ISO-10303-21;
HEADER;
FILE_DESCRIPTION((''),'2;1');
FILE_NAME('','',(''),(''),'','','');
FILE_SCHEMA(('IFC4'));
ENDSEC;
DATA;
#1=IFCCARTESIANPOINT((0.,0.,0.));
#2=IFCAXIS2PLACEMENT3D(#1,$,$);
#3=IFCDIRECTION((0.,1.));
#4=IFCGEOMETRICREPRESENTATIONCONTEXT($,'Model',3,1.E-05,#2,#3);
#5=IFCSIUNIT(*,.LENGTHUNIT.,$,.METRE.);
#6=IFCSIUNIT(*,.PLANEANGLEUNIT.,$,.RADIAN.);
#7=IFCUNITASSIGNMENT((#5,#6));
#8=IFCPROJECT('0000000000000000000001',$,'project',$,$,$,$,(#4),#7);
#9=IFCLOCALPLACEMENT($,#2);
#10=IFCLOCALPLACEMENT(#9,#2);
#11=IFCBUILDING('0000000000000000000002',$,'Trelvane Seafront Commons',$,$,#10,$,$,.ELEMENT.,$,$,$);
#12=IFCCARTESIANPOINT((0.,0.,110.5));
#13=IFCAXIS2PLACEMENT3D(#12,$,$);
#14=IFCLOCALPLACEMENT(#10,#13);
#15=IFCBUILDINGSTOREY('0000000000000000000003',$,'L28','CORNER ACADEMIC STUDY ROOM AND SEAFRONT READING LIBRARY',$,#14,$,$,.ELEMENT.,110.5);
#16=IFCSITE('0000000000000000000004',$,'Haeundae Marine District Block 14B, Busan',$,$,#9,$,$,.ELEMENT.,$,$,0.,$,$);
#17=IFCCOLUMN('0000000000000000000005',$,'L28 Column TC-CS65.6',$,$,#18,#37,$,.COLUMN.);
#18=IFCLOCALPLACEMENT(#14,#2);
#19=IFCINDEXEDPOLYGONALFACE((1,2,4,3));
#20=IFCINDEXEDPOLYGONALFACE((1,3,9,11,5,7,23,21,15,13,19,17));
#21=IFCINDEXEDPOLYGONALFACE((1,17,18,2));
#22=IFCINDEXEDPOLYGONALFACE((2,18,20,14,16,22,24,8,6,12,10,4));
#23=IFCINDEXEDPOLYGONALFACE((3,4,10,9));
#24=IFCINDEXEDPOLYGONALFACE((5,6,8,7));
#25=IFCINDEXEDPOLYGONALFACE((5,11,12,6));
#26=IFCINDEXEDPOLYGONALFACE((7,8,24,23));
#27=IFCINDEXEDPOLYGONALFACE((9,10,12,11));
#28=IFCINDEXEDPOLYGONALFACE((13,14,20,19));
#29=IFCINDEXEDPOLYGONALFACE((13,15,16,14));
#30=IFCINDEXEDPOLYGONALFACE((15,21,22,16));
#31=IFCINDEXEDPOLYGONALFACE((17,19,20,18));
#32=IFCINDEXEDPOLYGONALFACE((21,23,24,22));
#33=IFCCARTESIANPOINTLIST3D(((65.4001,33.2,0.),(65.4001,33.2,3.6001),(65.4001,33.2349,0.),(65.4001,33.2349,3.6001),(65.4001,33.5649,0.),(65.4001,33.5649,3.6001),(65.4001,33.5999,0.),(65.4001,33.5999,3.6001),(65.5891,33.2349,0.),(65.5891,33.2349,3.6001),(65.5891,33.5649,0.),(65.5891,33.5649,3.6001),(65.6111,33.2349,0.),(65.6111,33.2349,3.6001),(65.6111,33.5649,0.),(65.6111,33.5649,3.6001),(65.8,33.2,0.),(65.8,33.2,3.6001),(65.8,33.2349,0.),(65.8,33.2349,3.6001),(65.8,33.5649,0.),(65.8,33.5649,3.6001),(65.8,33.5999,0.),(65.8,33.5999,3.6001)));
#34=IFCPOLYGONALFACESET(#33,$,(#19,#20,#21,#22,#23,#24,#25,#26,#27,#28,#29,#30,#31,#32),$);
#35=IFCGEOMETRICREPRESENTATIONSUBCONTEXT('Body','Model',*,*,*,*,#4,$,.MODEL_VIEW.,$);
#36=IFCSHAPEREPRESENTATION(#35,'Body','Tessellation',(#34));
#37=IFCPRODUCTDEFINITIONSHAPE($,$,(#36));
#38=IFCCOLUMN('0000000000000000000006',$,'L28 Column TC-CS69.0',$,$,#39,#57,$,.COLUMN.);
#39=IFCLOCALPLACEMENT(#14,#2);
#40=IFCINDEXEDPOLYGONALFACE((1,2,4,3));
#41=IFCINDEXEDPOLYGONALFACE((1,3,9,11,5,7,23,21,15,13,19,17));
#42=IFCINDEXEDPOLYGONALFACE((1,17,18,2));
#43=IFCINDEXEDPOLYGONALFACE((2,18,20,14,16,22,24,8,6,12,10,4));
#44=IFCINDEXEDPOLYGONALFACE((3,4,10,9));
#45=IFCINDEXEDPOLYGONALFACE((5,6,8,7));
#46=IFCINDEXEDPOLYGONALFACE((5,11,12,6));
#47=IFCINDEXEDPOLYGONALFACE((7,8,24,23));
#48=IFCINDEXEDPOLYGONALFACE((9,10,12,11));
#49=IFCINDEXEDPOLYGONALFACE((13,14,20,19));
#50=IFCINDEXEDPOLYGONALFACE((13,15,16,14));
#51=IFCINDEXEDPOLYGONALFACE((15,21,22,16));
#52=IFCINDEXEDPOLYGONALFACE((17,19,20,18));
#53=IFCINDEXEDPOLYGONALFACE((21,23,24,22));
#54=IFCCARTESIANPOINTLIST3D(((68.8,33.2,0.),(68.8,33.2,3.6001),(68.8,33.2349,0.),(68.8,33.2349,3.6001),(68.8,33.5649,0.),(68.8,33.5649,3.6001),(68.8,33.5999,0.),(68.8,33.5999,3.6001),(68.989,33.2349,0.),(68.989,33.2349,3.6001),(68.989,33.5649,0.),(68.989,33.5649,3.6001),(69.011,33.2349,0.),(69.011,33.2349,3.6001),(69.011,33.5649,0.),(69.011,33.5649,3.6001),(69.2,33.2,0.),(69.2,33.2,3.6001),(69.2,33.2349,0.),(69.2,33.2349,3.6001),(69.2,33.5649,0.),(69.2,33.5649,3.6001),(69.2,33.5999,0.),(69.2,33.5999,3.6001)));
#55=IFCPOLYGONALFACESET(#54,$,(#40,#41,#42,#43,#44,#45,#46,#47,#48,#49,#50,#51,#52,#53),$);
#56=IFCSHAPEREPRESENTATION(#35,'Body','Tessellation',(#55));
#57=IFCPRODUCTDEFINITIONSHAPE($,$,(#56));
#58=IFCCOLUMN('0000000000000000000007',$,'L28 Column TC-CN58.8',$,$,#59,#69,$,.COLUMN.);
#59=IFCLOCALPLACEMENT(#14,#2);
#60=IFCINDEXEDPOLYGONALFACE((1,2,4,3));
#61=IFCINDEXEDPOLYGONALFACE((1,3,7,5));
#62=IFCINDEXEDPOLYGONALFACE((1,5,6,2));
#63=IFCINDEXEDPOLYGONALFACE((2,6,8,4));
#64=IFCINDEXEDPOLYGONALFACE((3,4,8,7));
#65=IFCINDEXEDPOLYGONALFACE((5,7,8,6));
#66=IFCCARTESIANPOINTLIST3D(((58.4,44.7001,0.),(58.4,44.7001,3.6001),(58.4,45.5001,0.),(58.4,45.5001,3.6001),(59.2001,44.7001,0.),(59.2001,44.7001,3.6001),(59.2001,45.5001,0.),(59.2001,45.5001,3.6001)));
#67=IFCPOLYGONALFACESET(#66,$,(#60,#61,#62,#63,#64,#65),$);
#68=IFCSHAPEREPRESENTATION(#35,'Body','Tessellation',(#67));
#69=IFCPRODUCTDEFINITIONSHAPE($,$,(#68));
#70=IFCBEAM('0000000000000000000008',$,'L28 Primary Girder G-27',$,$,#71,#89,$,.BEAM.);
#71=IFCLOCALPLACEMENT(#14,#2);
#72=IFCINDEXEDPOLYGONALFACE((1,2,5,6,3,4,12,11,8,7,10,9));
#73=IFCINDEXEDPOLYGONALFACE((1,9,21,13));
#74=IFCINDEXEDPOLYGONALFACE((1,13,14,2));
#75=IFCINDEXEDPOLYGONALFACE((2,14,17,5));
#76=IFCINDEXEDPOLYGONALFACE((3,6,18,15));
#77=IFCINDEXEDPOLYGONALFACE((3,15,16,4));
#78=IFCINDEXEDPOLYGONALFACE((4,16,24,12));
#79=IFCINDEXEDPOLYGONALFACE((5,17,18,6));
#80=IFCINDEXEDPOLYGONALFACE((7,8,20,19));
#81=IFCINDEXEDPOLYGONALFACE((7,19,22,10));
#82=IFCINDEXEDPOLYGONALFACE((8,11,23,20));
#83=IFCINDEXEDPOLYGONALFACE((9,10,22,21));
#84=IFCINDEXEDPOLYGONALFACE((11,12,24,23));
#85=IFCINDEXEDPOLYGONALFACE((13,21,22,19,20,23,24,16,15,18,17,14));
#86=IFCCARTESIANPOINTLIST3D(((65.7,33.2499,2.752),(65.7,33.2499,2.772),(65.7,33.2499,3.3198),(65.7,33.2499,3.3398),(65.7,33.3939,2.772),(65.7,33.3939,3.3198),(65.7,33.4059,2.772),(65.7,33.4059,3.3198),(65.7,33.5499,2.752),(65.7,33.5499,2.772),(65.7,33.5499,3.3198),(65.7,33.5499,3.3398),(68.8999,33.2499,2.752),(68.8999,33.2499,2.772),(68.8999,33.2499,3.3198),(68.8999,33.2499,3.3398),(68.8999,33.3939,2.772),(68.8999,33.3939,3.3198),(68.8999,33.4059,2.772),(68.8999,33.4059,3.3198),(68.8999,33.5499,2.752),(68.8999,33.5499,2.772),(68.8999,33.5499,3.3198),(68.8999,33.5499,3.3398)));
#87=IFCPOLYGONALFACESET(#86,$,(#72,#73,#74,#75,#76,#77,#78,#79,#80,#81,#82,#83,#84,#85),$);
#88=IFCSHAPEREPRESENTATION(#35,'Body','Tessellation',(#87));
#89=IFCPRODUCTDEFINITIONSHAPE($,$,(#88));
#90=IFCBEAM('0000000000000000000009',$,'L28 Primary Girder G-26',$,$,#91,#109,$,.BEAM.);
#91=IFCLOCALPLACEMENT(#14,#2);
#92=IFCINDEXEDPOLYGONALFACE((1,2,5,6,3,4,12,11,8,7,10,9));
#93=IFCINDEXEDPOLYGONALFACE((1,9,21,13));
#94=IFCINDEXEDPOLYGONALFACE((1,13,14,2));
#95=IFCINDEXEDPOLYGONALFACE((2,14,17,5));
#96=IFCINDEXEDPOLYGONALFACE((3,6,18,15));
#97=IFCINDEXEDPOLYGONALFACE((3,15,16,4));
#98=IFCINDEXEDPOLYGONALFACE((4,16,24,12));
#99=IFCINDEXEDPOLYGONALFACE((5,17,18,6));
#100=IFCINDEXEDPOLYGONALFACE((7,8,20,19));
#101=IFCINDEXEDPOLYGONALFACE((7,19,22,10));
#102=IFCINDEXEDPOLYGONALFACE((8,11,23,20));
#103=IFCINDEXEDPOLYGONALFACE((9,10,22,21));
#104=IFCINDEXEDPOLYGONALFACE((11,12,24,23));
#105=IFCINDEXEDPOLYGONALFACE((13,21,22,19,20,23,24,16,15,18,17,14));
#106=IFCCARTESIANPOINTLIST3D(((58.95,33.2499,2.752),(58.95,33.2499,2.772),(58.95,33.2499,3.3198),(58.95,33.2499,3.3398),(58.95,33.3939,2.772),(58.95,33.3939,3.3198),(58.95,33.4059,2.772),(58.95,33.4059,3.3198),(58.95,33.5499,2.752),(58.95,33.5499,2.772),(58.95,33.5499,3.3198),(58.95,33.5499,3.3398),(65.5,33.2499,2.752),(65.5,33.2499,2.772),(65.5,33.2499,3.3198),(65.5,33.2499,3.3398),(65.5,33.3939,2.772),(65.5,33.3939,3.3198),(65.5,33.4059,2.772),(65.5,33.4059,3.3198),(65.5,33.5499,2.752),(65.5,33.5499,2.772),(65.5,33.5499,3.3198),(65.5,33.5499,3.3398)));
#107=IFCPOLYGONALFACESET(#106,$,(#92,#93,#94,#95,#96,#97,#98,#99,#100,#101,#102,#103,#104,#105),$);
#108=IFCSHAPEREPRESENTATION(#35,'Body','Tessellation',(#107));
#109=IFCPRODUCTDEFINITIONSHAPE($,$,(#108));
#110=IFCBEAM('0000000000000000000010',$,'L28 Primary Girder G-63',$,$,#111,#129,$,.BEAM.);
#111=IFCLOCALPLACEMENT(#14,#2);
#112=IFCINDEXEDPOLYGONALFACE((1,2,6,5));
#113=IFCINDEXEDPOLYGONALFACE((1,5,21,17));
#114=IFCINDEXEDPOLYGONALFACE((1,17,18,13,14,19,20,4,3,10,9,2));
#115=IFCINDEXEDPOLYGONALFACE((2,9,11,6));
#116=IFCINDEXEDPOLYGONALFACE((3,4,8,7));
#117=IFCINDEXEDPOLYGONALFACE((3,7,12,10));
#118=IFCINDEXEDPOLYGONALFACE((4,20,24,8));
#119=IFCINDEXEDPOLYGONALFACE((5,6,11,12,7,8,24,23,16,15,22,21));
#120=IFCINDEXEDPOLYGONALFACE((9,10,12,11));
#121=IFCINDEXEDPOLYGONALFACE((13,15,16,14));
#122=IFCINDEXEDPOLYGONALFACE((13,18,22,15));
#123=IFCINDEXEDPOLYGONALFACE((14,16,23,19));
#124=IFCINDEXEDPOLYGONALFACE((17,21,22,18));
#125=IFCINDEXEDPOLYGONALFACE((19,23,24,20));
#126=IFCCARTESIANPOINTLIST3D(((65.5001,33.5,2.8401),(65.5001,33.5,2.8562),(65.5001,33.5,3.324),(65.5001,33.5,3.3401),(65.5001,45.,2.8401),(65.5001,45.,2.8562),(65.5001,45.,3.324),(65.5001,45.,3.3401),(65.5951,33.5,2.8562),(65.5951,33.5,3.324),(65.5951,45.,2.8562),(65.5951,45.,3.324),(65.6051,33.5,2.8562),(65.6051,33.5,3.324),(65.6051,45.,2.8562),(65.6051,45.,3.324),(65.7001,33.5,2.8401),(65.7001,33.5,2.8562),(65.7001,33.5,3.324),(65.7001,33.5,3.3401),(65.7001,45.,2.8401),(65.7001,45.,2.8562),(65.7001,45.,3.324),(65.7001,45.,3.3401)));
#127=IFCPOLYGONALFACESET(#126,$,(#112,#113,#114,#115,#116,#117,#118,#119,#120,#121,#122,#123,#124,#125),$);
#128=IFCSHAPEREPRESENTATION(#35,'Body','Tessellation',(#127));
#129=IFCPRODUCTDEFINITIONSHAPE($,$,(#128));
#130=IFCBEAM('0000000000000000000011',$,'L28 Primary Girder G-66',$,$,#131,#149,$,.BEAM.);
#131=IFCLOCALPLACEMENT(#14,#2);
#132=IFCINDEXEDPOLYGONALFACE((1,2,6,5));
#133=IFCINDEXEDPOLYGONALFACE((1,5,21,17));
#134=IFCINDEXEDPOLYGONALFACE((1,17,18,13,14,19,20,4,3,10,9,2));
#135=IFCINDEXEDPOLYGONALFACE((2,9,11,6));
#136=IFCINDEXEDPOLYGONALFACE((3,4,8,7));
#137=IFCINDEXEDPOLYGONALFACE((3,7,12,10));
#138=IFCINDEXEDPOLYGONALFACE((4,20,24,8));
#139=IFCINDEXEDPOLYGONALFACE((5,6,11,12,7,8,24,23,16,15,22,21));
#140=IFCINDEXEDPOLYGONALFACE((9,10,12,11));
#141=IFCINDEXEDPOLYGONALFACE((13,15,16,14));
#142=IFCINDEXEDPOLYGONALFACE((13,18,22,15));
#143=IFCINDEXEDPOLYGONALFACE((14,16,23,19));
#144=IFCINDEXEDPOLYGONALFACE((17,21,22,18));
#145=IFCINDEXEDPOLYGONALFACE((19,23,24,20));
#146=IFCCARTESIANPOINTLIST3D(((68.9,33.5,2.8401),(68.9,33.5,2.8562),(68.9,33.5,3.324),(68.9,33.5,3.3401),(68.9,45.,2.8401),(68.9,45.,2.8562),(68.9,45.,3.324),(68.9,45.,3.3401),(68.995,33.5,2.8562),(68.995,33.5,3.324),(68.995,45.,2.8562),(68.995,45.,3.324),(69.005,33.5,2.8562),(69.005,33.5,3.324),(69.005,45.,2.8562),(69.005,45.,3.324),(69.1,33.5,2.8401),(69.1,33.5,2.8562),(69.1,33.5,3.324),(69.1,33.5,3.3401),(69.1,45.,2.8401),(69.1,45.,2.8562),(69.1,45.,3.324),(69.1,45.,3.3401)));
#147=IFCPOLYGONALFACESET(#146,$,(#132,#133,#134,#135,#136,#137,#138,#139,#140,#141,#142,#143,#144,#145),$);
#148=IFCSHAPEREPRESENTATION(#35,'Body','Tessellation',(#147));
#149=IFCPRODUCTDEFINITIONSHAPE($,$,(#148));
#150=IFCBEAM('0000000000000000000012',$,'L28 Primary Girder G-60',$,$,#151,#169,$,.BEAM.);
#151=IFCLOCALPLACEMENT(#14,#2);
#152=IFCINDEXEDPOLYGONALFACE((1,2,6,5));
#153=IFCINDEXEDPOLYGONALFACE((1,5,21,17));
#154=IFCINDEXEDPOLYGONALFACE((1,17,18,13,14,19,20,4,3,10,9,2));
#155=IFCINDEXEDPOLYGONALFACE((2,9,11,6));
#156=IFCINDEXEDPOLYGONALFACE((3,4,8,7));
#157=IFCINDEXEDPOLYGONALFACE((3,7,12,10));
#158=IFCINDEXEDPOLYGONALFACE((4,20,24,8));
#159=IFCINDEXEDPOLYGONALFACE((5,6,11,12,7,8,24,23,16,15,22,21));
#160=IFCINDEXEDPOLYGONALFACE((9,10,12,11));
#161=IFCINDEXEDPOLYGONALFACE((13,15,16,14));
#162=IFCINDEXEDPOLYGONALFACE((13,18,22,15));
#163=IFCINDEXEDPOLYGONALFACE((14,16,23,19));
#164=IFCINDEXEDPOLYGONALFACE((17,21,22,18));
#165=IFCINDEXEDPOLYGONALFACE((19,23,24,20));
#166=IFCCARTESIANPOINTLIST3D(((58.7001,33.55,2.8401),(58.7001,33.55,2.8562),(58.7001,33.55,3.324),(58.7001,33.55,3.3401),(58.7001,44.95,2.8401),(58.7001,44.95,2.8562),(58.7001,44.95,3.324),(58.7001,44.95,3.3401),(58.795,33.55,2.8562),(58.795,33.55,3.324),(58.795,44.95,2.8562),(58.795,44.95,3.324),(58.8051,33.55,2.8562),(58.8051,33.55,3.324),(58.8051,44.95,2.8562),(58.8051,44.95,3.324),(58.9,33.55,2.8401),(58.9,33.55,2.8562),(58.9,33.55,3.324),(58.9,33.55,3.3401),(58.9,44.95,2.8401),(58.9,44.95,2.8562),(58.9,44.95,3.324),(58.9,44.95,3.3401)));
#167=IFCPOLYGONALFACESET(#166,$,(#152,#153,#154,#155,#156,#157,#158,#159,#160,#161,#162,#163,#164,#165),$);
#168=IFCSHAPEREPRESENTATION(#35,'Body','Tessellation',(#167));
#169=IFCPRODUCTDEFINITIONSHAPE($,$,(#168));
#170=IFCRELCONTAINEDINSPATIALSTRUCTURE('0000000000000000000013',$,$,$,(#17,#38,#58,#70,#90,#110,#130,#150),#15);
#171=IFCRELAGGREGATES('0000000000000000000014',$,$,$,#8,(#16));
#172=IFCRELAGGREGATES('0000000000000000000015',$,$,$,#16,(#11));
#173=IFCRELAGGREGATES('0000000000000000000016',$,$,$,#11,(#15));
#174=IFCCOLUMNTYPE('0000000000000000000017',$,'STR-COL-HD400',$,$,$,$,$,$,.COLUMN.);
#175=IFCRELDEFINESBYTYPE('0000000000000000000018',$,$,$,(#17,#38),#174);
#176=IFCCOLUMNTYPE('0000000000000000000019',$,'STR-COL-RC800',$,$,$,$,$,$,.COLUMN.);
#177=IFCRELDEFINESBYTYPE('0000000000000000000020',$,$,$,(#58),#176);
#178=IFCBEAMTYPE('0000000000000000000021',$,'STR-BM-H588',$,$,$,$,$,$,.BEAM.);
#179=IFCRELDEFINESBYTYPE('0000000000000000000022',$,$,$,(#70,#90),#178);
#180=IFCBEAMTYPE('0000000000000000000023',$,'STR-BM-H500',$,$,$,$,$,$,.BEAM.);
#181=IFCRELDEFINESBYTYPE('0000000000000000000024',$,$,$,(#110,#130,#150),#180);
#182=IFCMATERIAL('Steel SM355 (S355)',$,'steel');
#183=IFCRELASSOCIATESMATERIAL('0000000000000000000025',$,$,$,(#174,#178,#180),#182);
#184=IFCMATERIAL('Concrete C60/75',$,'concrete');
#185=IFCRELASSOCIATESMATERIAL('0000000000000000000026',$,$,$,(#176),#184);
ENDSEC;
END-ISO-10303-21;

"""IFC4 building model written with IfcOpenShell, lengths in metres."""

from ifc_helpers import new_model, si_unit, direction, frame, origin, origin_2d, place, context, subcontext, project, spatial, rectangle, i_section, extrude, source, transform, mapped, material, material_profile, profile_set, type_object, element, save


model = new_model("IFC4")

# Units and contexts
model_context = context("Model", 3, precision=1e-05, world=origin(), true_north=direction((0.0, 1.0)))
body_context = subcontext(model_context, "Body", "Model", "MODEL_VIEW")
ifc_project = project(units=[si_unit("LENGTHUNIT", "METRE"), si_unit("PLANEANGLEUNIT", "RADIAN")], contexts=[model_context])

# Site, building, storey
site_placement = place(None, origin())
site = spatial("IfcSite", under=ifc_project, at=site_placement, Name="Haeundae Marine District Block 14B, Busan", CompositionType="ELEMENT", RefElevation=0.0)
building_placement = place(site_placement, origin())
building = spatial("IfcBuilding", under=site, at=building_placement, Name="Trelvane Seafront Commons", CompositionType="ELEMENT")
storey_placement = place(building_placement, frame((0.0, 0.0, 110.5)))
storey = spatial("IfcBuildingStorey", under=building, at=storey_placement, Name="L28", Description="CORNER ACADEMIC STUDY ROOM AND SEAFRONT READING LIBRARY", CompositionType="ELEMENT", Elevation=110.5)

# Columns
ifc_material_1 = material(Name="Steel SM355 (S355)", Category="steel")
ifc_material_profile_1 = material_profile(ifc_material_1, i_section(OverallWidth=0.3999, OverallDepth=0.3999, WebThickness=0.022, FlangeThickness=0.0349, at=origin_2d()), Name="HD-400x400x22x35")
ifc_profile_set_1 = profile_set([ifc_material_profile_1], Name="Steel SM355 (S355)")
column_type_1 = type_object("IfcColumnType", Name="STR-COL-HD400", PredefinedType="COLUMN", material=ifc_profile_set_1)
shared_shape_1 = source(origin(), body_context, "Body", "SweptSolid", [
    extrude(i_section(OverallWidth=0.3999, OverallDepth=0.3999, WebThickness=0.022, FlangeThickness=0.0349, at=origin_2d()), origin(), (0.0, 0.0, 1.0), 3.6001),
])
for number, where, z_axis, x_axis, name in (
    (1, (65.6001, 33.3999, 0.0), (0.0, 0.0, 1.0), (1.0, 0.0, 0.0), "L28 Column TC-CS65.6"),
    (2, (69.0, 33.3999, 0.0), (0.0, 0.0, 1.0), (1.0, 0.0, 0.0), "L28 Column TC-CS69.0"),
):
    element("IfcColumn", number, at=place(storey_placement, frame(where, z_axis=z_axis, x_axis=x_axis)), inside=storey, type_object=column_type_1, Name=name, PredefinedType="COLUMN", context=body_context, shape_type="MappedRepresentation", body=[
        mapped(shared_shape_1, transform((0.0, 0.0, 0.0), x_axis=(1.0, 0.0, 0.0), y_axis=(0.0, 1.0, 0.0), z_axis=(0.0, 0.0, 1.0), scale=1.0)),
    ])
ifc_material_2 = material(Name="Concrete C60/75", Category="concrete")
ifc_material_profile_2 = material_profile(ifc_material_2, rectangle(XDim=0.8, YDim=0.8, at=origin_2d()), Name="RC-800x800")
ifc_profile_set_2 = profile_set([ifc_material_profile_2], Name="Concrete C60/75")
column_type_2 = type_object("IfcColumnType", Name="STR-COL-RC800", PredefinedType="COLUMN", material=ifc_profile_set_2)
shared_shape_2 = source(origin(), body_context, "Body", "SweptSolid", [
    extrude(rectangle(XDim=0.8, YDim=0.8, at=origin_2d()), origin(), (0.0, 0.0, 1.0), 3.6001),
])
column_placement = place(storey_placement, frame((58.8, 45.1001, 0.0), z_axis=(0.0, 0.0, 1.0), x_axis=(1.0, 0.0, 0.0)))
element("IfcColumn", 3, at=column_placement, inside=storey, type_object=column_type_2, Name="L28 Column TC-CN58.8", PredefinedType="COLUMN", context=body_context, shape_type="MappedRepresentation", body=[
    mapped(shared_shape_2, transform((0.0, 0.0, 0.0), x_axis=(1.0, 0.0, 0.0), y_axis=(0.0, 1.0, 0.0), z_axis=(0.0, 0.0, 1.0), scale=1.0)),
])

# Beams
ifc_material_profile_3 = material_profile(ifc_material_1, i_section(OverallWidth=0.3, OverallDepth=0.5879, WebThickness=0.012, FlangeThickness=0.02, at=origin_2d()), Name="H-588x300x12x20")
ifc_profile_set_3 = profile_set([ifc_material_profile_3], Name="Steel SM355 (S355)")
beam_type_1 = type_object("IfcBeamType", Name="STR-BM-H588", PredefinedType="BEAM", material=ifc_profile_set_3)
shared_shape_3 = source(origin(), body_context, "Body", "SweptSolid", [
    extrude(i_section(OverallWidth=0.3, OverallDepth=0.5879, WebThickness=0.012, FlangeThickness=0.02, at=origin_2d()), origin(), (0.0, 0.0, 1.0), 3.2),
])
beam_1_placement = place(storey_placement, frame((65.7, 33.3999, 3.0459), z_axis=(1.0, 0.0, 0.0), x_axis=(0.0, 1.0, 0.0)))
element("IfcBeam", 4, at=beam_1_placement, inside=storey, type_object=beam_type_1, Name="L28 Primary Girder G-27", PredefinedType="BEAM", context=body_context, shape_type="MappedRepresentation", body=[
    mapped(shared_shape_3, transform((0.0, 0.0, 0.0), x_axis=(1.0, 0.0, 0.0), y_axis=(0.0, 1.0, 0.0), z_axis=(0.0, 0.0, 1.0), scale=1.0)),
])
shared_shape_4 = source(origin(), body_context, "Body", "SweptSolid", [
    extrude(i_section(OverallWidth=0.3, OverallDepth=0.5879, WebThickness=0.012, FlangeThickness=0.02, at=origin_2d()), origin(), (0.0, 0.0, 1.0), 6.55),
])
beam_2_placement = place(storey_placement, frame((58.95, 33.3999, 3.0459), z_axis=(1.0, 0.0, 0.0), x_axis=(0.0, 1.0, 0.0)))
element("IfcBeam", 5, at=beam_2_placement, inside=storey, type_object=beam_type_1, Name="L28 Primary Girder G-26", PredefinedType="BEAM", context=body_context, shape_type="MappedRepresentation", body=[
    mapped(shared_shape_4, transform((0.0, 0.0, 0.0), x_axis=(1.0, 0.0, 0.0), y_axis=(0.0, 1.0, 0.0), z_axis=(0.0, 0.0, 1.0), scale=1.0)),
])
ifc_material_profile_4 = material_profile(ifc_material_1, i_section(OverallWidth=0.2, OverallDepth=0.5, WebThickness=0.01, FlangeThickness=0.0161, at=origin_2d()), Name="H-500x200x10x16")
ifc_profile_set_4 = profile_set([ifc_material_profile_4], Name="Steel SM355 (S355)")
beam_type_2 = type_object("IfcBeamType", Name="STR-BM-H500", PredefinedType="BEAM", material=ifc_profile_set_4)
shared_shape_5 = source(origin(), body_context, "Body", "SweptSolid", [
    extrude(i_section(OverallWidth=0.2, OverallDepth=0.5, WebThickness=0.01, FlangeThickness=0.0161, at=origin_2d()), origin(), (0.0, 0.0, 1.0), 11.5),
])
for number, where, z_axis, x_axis, name in (
    (6, (65.6001, 33.5, 3.0901), (0.0, 1.0, 0.0), (-1.0, 0.0, 0.0), "L28 Primary Girder G-63"),
    (7, (69.0, 33.5, 3.0901), (0.0, 1.0, 0.0), (-1.0, 0.0, 0.0), "L28 Primary Girder G-66"),
):
    element("IfcBeam", number, at=place(storey_placement, frame(where, z_axis=z_axis, x_axis=x_axis)), inside=storey, type_object=beam_type_2, Name=name, PredefinedType="BEAM", context=body_context, shape_type="MappedRepresentation", body=[
        mapped(shared_shape_5, transform((0.0, 0.0, 0.0), x_axis=(1.0, 0.0, 0.0), y_axis=(0.0, 1.0, 0.0), z_axis=(0.0, 0.0, 1.0), scale=1.0)),
    ])
shared_shape_6 = source(origin(), body_context, "Body", "SweptSolid", [
    extrude(i_section(OverallWidth=0.2, OverallDepth=0.5, WebThickness=0.01, FlangeThickness=0.0161, at=origin_2d()), origin(), (0.0, 0.0, 1.0), 11.3999),
])
beam_3_placement = place(storey_placement, frame((58.8, 33.55, 3.0901), z_axis=(0.0, 1.0, 0.0), x_axis=(-1.0, 0.0, 0.0)))
element("IfcBeam", 8, at=beam_3_placement, inside=storey, type_object=beam_type_2, Name="L28 Primary Girder G-60", PredefinedType="BEAM", context=body_context, shape_type="MappedRepresentation", body=[
    mapped(shared_shape_6, transform((0.0, 0.0, 0.0), x_axis=(1.0, 0.0, 0.0), y_axis=(0.0, 1.0, 0.0), z_axis=(0.0, 0.0, 1.0), scale=1.0)),
])

save(model, "model.ifc")
